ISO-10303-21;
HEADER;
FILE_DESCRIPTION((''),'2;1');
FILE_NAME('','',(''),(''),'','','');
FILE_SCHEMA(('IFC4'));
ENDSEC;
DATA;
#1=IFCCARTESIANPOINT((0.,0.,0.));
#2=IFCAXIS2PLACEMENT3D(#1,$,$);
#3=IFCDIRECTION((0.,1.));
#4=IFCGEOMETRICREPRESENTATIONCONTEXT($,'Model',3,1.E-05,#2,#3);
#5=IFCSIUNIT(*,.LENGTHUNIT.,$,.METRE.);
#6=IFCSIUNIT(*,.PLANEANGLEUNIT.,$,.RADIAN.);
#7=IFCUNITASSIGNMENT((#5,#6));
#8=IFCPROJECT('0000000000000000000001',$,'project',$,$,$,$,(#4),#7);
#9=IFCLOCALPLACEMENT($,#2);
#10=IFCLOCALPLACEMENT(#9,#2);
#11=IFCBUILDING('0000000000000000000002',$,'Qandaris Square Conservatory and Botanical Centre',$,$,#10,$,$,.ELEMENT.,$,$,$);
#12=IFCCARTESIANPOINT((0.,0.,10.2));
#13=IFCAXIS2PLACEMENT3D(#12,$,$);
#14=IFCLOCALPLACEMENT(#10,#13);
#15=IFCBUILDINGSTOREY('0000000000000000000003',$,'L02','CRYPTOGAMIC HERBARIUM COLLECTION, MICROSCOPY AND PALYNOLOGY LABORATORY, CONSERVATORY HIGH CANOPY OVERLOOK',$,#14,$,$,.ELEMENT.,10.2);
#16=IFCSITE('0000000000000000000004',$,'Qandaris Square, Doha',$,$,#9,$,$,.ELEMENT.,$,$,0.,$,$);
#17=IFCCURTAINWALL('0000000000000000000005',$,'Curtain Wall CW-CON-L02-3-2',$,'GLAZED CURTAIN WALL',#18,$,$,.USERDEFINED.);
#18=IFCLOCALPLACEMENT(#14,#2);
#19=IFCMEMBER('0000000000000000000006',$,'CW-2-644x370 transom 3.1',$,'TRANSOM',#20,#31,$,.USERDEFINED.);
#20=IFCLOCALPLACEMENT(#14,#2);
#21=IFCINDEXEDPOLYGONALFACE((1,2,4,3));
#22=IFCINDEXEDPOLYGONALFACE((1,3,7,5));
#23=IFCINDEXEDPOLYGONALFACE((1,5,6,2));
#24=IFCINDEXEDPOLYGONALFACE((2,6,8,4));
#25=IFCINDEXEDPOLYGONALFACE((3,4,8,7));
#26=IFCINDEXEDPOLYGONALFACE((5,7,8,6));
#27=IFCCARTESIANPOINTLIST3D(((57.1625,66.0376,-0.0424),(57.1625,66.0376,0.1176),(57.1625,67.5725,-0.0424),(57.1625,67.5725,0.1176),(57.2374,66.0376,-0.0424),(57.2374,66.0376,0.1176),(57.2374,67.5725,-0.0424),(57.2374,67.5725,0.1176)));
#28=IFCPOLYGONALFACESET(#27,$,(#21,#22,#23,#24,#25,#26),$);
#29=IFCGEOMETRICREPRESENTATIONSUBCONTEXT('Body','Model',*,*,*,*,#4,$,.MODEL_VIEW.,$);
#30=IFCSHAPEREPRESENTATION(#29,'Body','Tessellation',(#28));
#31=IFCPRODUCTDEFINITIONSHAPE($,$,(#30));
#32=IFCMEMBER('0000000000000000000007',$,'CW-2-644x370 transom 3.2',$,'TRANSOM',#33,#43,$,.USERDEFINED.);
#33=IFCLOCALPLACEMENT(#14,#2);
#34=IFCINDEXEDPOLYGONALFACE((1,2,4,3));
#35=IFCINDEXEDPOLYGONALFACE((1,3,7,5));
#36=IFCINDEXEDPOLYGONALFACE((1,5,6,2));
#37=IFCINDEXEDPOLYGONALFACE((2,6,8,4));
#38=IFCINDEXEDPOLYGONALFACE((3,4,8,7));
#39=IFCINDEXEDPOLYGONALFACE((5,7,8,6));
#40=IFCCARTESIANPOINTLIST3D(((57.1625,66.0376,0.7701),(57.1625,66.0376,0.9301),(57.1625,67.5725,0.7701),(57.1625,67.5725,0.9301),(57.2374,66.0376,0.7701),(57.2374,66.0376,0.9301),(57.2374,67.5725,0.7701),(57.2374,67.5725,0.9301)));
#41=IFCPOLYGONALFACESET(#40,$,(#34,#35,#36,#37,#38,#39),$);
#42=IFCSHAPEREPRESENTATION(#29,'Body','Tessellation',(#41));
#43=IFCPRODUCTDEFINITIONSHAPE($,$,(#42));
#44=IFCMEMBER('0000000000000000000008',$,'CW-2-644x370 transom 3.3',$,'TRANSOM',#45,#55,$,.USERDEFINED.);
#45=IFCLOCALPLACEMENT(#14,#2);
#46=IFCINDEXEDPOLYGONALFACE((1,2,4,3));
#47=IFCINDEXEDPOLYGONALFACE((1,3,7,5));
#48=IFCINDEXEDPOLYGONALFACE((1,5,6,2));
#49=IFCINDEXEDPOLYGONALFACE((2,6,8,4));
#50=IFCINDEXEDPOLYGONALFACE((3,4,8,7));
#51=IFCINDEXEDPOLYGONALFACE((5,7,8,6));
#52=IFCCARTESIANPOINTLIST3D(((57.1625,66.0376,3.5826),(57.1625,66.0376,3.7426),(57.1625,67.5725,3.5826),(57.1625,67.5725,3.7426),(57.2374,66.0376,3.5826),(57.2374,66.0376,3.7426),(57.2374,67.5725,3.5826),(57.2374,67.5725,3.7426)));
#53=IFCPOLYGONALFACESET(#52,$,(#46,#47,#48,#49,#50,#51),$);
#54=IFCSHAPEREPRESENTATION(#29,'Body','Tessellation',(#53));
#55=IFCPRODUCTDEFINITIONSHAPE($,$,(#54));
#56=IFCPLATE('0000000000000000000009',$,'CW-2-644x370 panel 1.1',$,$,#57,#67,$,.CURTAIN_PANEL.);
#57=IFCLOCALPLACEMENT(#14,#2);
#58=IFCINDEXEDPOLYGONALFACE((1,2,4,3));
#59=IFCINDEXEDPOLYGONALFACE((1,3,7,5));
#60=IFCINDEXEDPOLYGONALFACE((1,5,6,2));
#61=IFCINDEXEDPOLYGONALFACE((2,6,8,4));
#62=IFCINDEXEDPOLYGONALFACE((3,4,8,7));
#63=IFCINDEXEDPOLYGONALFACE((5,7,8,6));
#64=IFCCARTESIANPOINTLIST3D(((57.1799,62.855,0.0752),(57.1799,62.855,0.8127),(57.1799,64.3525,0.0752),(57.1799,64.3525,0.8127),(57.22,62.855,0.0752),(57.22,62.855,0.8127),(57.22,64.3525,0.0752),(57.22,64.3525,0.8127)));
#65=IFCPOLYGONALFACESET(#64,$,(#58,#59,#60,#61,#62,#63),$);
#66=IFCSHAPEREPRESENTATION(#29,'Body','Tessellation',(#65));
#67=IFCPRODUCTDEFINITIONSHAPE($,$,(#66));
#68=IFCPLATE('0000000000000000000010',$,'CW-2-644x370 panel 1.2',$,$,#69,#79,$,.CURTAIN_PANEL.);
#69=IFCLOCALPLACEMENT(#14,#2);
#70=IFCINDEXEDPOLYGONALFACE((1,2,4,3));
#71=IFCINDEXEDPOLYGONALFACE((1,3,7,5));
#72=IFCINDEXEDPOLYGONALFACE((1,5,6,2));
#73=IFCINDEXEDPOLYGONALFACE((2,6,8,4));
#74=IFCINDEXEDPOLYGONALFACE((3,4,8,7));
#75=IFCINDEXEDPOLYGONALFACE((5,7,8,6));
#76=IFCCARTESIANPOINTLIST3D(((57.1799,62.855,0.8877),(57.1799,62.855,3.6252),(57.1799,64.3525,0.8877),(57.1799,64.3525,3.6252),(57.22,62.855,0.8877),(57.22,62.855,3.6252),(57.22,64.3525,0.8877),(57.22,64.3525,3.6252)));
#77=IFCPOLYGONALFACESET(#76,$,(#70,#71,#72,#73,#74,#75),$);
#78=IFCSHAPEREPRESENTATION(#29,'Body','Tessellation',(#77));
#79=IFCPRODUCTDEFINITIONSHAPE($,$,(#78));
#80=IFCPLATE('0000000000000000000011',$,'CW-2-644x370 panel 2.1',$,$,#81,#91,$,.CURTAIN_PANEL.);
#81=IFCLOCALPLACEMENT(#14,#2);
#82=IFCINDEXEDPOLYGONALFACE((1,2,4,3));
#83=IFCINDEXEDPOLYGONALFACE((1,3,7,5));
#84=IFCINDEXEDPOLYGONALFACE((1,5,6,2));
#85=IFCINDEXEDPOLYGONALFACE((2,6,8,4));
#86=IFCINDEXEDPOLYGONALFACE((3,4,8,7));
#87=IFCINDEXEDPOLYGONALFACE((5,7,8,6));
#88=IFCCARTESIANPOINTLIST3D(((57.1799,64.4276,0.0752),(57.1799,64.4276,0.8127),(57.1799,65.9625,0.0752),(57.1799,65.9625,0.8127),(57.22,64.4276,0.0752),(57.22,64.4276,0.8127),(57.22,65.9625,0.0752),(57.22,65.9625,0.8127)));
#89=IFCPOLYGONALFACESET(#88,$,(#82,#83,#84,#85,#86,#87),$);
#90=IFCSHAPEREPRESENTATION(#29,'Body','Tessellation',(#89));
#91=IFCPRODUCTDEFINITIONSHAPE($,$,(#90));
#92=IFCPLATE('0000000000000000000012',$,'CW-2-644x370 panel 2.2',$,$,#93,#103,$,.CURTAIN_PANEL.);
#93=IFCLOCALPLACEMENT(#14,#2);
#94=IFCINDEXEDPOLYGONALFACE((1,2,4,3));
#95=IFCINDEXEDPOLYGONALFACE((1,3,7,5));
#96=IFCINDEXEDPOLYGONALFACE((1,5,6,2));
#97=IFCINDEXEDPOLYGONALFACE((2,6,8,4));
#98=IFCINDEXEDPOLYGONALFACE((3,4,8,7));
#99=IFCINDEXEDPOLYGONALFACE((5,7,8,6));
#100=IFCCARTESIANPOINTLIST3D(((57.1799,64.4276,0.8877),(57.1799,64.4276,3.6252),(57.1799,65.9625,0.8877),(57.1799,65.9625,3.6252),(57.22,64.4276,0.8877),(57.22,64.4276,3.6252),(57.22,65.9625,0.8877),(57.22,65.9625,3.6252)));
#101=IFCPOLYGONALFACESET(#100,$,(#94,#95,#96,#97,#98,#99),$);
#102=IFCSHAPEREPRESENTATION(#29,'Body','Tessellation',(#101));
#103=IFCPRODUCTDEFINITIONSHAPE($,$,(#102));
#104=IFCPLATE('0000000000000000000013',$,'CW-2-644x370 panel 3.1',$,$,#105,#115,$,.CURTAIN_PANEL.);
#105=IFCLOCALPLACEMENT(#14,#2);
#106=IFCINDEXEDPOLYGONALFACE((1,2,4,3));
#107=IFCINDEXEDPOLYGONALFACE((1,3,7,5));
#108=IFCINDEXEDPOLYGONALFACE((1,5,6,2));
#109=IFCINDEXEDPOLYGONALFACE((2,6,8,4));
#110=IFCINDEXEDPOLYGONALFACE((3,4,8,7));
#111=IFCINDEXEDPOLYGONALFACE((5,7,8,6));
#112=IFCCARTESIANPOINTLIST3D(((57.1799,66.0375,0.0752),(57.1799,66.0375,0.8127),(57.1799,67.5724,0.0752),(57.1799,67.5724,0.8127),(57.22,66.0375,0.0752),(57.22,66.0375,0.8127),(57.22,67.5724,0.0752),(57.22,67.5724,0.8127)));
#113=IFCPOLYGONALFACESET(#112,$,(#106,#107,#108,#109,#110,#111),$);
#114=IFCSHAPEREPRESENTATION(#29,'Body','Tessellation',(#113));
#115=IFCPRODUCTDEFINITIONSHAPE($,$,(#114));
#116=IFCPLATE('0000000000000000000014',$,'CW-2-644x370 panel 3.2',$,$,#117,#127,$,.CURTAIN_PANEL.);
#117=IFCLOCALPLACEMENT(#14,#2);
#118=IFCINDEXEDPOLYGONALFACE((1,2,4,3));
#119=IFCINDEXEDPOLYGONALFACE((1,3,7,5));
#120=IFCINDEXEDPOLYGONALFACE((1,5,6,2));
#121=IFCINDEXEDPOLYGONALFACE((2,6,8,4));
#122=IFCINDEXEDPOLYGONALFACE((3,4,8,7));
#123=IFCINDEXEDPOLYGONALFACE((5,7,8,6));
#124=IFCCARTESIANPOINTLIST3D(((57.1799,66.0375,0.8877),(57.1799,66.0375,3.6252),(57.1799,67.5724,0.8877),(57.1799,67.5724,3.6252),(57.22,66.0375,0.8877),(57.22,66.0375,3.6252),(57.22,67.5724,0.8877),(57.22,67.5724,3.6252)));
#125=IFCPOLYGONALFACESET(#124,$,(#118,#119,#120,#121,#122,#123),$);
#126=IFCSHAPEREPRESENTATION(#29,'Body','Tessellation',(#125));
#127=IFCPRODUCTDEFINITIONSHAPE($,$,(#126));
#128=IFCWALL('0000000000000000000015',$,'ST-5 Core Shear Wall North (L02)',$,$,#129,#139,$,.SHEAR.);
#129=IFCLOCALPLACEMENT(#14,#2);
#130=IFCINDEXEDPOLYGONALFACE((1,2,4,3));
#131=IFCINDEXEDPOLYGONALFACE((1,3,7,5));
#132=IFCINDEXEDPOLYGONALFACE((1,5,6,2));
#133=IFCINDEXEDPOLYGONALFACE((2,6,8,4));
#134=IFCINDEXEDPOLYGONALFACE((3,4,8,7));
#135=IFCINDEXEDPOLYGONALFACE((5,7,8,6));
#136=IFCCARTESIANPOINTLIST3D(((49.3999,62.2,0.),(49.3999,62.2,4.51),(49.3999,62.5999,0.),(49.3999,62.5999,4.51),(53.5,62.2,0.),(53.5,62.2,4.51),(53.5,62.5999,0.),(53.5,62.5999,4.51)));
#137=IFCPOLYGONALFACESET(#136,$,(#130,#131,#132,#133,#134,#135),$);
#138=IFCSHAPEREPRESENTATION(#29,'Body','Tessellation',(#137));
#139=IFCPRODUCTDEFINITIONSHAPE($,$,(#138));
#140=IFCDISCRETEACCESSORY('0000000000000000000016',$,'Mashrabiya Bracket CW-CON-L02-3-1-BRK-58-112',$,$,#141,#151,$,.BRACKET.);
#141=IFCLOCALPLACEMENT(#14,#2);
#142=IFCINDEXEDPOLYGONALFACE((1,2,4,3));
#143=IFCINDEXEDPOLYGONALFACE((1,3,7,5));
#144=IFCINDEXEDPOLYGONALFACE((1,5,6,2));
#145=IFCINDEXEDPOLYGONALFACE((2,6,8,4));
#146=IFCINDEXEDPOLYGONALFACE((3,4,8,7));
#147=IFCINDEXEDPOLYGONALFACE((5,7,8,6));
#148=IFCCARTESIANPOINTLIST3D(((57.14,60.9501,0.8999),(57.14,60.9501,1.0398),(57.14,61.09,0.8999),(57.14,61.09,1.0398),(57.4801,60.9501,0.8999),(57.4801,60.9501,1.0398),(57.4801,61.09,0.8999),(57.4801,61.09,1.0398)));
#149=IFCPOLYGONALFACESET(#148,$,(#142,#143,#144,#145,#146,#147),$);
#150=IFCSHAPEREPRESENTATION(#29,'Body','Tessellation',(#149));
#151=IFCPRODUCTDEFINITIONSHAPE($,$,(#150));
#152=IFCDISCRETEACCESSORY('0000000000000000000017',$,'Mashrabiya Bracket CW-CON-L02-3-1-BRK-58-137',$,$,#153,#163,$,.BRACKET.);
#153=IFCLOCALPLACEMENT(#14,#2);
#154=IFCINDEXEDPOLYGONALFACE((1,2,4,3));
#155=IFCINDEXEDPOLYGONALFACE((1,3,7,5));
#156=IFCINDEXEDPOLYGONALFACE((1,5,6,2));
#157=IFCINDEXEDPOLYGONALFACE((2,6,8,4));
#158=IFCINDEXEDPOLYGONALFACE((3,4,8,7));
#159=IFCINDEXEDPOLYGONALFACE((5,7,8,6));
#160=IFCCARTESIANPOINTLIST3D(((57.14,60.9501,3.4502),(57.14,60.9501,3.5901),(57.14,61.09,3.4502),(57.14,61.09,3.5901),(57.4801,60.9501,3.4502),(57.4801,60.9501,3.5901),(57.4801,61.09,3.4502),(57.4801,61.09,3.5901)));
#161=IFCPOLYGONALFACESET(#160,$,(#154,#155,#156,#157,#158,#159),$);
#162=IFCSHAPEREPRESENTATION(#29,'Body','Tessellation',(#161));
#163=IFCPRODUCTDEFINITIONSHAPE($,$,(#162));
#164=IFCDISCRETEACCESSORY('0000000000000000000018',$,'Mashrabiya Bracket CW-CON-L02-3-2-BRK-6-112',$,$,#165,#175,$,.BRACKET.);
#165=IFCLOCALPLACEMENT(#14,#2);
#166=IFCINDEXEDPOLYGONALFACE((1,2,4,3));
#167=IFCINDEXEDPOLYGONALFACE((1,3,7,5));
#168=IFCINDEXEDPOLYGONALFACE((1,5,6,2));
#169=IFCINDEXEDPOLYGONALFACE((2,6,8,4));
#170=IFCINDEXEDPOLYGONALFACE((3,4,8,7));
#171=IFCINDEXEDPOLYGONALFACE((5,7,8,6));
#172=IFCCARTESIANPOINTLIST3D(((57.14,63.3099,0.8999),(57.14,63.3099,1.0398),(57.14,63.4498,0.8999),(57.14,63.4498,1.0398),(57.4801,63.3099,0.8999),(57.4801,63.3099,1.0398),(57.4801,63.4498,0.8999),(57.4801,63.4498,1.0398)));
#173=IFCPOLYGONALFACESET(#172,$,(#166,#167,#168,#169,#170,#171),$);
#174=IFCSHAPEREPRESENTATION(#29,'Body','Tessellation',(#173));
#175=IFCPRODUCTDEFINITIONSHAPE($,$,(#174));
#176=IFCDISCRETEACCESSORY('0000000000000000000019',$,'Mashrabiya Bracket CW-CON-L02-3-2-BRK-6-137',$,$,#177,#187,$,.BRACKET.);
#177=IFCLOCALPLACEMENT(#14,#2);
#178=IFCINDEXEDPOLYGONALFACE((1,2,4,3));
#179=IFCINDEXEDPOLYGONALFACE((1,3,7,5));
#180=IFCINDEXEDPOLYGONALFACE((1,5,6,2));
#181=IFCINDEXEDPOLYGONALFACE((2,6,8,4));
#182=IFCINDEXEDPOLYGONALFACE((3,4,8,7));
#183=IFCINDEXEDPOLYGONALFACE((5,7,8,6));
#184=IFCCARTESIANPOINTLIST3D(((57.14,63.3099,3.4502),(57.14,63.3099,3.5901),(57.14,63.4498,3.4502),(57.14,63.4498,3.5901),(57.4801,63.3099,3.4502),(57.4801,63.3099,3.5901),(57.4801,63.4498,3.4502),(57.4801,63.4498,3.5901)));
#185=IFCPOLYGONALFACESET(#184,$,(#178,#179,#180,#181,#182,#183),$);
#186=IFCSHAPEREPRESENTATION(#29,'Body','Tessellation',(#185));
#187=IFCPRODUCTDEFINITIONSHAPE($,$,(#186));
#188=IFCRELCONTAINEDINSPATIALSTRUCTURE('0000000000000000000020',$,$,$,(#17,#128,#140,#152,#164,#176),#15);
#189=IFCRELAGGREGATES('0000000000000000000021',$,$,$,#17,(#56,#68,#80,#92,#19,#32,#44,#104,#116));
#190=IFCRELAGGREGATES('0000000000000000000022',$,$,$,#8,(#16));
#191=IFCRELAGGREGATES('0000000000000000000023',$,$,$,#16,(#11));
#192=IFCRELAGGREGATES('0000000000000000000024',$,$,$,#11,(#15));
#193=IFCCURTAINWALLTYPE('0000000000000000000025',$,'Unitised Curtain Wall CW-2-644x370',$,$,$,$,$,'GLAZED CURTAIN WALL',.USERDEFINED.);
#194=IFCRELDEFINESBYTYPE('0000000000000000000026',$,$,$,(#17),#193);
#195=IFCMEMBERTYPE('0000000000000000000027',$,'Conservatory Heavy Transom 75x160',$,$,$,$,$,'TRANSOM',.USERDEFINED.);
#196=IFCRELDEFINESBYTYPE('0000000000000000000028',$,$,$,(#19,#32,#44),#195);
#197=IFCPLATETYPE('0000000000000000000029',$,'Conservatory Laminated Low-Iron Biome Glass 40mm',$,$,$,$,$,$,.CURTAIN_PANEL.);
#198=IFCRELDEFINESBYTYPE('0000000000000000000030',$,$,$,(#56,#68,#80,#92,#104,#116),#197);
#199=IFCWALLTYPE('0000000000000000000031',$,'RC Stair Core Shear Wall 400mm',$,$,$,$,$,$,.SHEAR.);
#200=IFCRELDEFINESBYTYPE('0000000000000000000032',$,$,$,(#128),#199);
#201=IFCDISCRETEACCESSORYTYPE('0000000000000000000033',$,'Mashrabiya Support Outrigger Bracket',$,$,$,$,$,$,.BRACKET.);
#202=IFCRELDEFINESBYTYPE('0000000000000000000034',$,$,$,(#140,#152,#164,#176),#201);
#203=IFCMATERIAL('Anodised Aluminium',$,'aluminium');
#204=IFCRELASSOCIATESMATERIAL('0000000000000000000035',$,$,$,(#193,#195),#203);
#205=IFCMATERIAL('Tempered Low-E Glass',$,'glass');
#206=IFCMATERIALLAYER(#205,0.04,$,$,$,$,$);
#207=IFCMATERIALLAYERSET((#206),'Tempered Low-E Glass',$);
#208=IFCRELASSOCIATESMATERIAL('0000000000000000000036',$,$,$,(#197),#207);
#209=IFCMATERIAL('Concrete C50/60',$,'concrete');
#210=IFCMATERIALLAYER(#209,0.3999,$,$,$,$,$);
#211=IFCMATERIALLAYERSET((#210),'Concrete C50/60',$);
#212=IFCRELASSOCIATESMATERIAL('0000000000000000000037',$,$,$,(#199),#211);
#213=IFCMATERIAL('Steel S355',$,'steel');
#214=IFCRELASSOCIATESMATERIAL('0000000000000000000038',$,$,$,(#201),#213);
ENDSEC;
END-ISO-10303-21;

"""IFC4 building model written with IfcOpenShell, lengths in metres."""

from ifc_helpers import new_model, si_unit, direction, frame, frame_2d, origin, origin_2d, place, context, subcontext, project, spatial, rectangle, extrude, material, layer, layer_set, material_profile, profile_set, type_object, element, aggregate, save


model = new_model("IFC4")

# Units and contexts
model_context = context("Model", 3, precision=1e-05, world=origin(), true_north=direction((0.0, 1.0)))
body_context = subcontext(model_context, "Body", "Model", "MODEL_VIEW")
ifc_project = project(units=[si_unit("LENGTHUNIT", "METRE"), si_unit("PLANEANGLEUNIT", "RADIAN")], contexts=[model_context])

# Site, building, storey
site_placement = place(None, origin())
site = spatial("IfcSite", under=ifc_project, at=site_placement, Name="Qandaris Square, Doha", CompositionType="ELEMENT", RefElevation=0.0)
building_placement = place(site_placement, origin())
building = spatial("IfcBuilding", under=site, at=building_placement, Name="Qandaris Square Conservatory and Botanical Centre", CompositionType="ELEMENT")
storey_placement = place(building_placement, frame((0.0, 0.0, 10.2)))
storey = spatial("IfcBuildingStorey", under=building, at=storey_placement, Name="L02", Description="CRYPTOGAMIC HERBARIUM COLLECTION, MICROSCOPY AND PALYNOLOGY LABORATORY, CONSERVATORY HIGH CANOPY OVERLOOK", CompositionType="ELEMENT", Elevation=10.2)

# Shared definitions
ifc_material_1 = material(Name="Concrete C50/60", Category="concrete")

# Shared definitions
ifc_material_2 = material(Name="Anodised Aluminium", Category="aluminium")
curtain_wall_type = type_object("IfcCurtainWallType", Name="Unitised Curtain Wall CW-2-644x370", ElementType="GLAZED CURTAIN WALL", PredefinedType="USERDEFINED", material=ifc_material_2)

# Curtain wall, members, plates
curtain_wall_1_placement = place(storey_placement, origin())
curtain_wall_1 = element("IfcCurtainWall", 1, at=curtain_wall_1_placement, inside=storey, type_object=curtain_wall_type, Name="Curtain Wall CW-CON-L02-3-2", ObjectType="GLAZED CURTAIN WALL", PredefinedType="USERDEFINED")
ifc_material_profile_1 = material_profile(ifc_material_2, rectangle(XDim=0.075, YDim=0.1599, at=origin_2d()), Name="ALU-TRN 75x160")
ifc_profile_set_1 = profile_set([ifc_material_profile_1], Name="Anodised Aluminium")
member_type_1 = type_object("IfcMemberType", Name="Conservatory Heavy Transom 75x160", ElementType="TRANSOM", PredefinedType="USERDEFINED", material=ifc_profile_set_1)
member_1_placement = place(storey_placement, frame((57.2, 66.0376, 0.0376), z_axis=(0.0, 1.0, 0.0), x_axis=(-1.0, 0.0, 0.0)))
member_1 = element("IfcMember", 2, at=member_1_placement, type_object=member_type_1, Name="CW-2-644x370 transom 3.1", ObjectType="TRANSOM", PredefinedType="USERDEFINED", context=body_context, shape_type="SweptSolid", body=[
    extrude(rectangle(XDim=0.075, YDim=0.1599, at=origin_2d()), origin(), (0.0, 0.0, 1.0), 1.5349),
])
member_2_placement = place(storey_placement, frame((57.2, 66.0376, 0.8501), z_axis=(0.0, 1.0, 0.0), x_axis=(-1.0, 0.0, 0.0)))
member_2 = element("IfcMember", 3, at=member_2_placement, type_object=member_type_1, Name="CW-2-644x370 transom 3.2", ObjectType="TRANSOM", PredefinedType="USERDEFINED", context=body_context, shape_type="SweptSolid", body=[
    extrude(rectangle(XDim=0.075, YDim=0.1599, at=origin_2d()), origin(), (0.0, 0.0, 1.0), 1.5349),
])
member_3_placement = place(storey_placement, frame((57.2, 66.0376, 3.6626), z_axis=(0.0, 1.0, 0.0), x_axis=(-1.0, 0.0, 0.0)))
member_3 = element("IfcMember", 4, at=member_3_placement, type_object=member_type_1, Name="CW-2-644x370 transom 3.3", ObjectType="TRANSOM", PredefinedType="USERDEFINED", context=body_context, shape_type="SweptSolid", body=[
    extrude(rectangle(XDim=0.075, YDim=0.1599, at=origin_2d()), origin(), (0.0, 0.0, 1.0), 1.5349),
])
ifc_material_3 = material(Name="Tempered Low-E Glass", Category="glass")
ifc_layer_1 = layer(ifc_material_3, 0.04)
ifc_layer_set_1 = layer_set([ifc_layer_1], Name="Tempered Low-E Glass")
plate_type = type_object("IfcPlateType", Name="Conservatory Laminated Low-Iron Biome Glass 40mm", PredefinedType="CURTAIN_PANEL", material=ifc_layer_set_1)
plate_1_placement = place(storey_placement, frame((57.2, 63.6038, 0.0752), z_axis=(0.0, 0.0, 1.0), x_axis=(0.0, 1.0, 0.0)))
plate_1 = element("IfcPlate", 5, at=plate_1_placement, type_object=plate_type, Name="CW-2-644x370 panel 1.1", PredefinedType="CURTAIN_PANEL", context=body_context, shape_type="SweptSolid", body=[
    extrude(rectangle(XDim=1.4976, YDim=0.04, at=origin_2d()), origin(), (0.0, 0.0, 1.0), 0.7375),
])
plate_2_placement = place(storey_placement, frame((57.2, 63.6038, 0.8877), z_axis=(0.0, 0.0, 1.0), x_axis=(0.0, 1.0, 0.0)))
plate_2 = element("IfcPlate", 6, at=plate_2_placement, type_object=plate_type, Name="CW-2-644x370 panel 1.2", PredefinedType="CURTAIN_PANEL", context=body_context, shape_type="SweptSolid", body=[
    extrude(rectangle(XDim=1.4976, YDim=0.04, at=origin_2d()), origin(), (0.0, 0.0, 1.0), 2.7375),
])
plate_3_placement = place(storey_placement, frame((57.2, 65.1951, 0.0752), z_axis=(0.0, 0.0, 1.0), x_axis=(0.0, 1.0, 0.0)))
plate_3 = element("IfcPlate", 7, at=plate_3_placement, type_object=plate_type, Name="CW-2-644x370 panel 2.1", PredefinedType="CURTAIN_PANEL", context=body_context, shape_type="SweptSolid", body=[
    extrude(rectangle(XDim=1.5349, YDim=0.04, at=origin_2d()), origin(), (0.0, 0.0, 1.0), 0.7375),
])
plate_4_placement = place(storey_placement, frame((57.2, 65.1951, 0.8877), z_axis=(0.0, 0.0, 1.0), x_axis=(0.0, 1.0, 0.0)))
plate_4 = element("IfcPlate", 8, at=plate_4_placement, type_object=plate_type, Name="CW-2-644x370 panel 2.2", PredefinedType="CURTAIN_PANEL", context=body_context, shape_type="SweptSolid", body=[
    extrude(rectangle(XDim=1.5349, YDim=0.04, at=origin_2d()), origin(), (0.0, 0.0, 1.0), 2.7375),
])
plate_5_placement = place(storey_placement, frame((57.2, 66.8049, 0.0752), z_axis=(0.0, 0.0, 1.0), x_axis=(0.0, 1.0, 0.0)))
plate_5 = element("IfcPlate", 9, at=plate_5_placement, type_object=plate_type, Name="CW-2-644x370 panel 3.1", PredefinedType="CURTAIN_PANEL", context=body_context, shape_type="SweptSolid", body=[
    extrude(rectangle(XDim=1.5349, YDim=0.04, at=origin_2d()), origin(), (0.0, 0.0, 1.0), 0.7375),
])
plate_6_placement = place(storey_placement, frame((57.2, 66.8049, 0.8877), z_axis=(0.0, 0.0, 1.0), x_axis=(0.0, 1.0, 0.0)))
plate_6 = element("IfcPlate", 10, at=plate_6_placement, type_object=plate_type, Name="CW-2-644x370 panel 3.2", PredefinedType="CURTAIN_PANEL", context=body_context, shape_type="SweptSolid", body=[
    extrude(rectangle(XDim=1.5349, YDim=0.04, at=origin_2d()), origin(), (0.0, 0.0, 1.0), 2.7375),
])
aggregate(curtain_wall_1, [plate_1, plate_2, plate_3, plate_4, member_1, member_2, member_3, plate_5, plate_6])

# Wall
ifc_layer_2 = layer(ifc_material_1, 0.3999)
ifc_layer_set_2 = layer_set([ifc_layer_2], Name="Concrete C50/60")
wall_type = type_object("IfcWallType", Name="RC Stair Core Shear Wall 400mm", PredefinedType="SHEAR", material=ifc_layer_set_2)
wall_placement = place(storey_placement, frame((49.3999, 62.3999, 0.0), z_axis=(0.0, 0.0, 1.0), x_axis=(1.0, 0.0, 0.0)))
element("IfcWall", 11, at=wall_placement, inside=storey, type_object=wall_type, Name="ST-5 Core Shear Wall North (L02)", PredefinedType="SHEAR", context=body_context, shape_type="SweptSolid", body=[
    extrude(rectangle(XDim=4.1001, YDim=0.3999, at=frame_2d((2.05, 0.0))), origin(), (0.0, 0.0, 1.0), 4.51),
])

# Discrete accessories
ifc_material_4 = material(Name="Steel S355", Category="steel")
discrete_accessory_type = type_object("IfcDiscreteAccessoryType", Name="Mashrabiya Support Outrigger Bracket", PredefinedType="BRACKET", material=ifc_material_4)
for number, where, z_axis, x_axis, name in (
    (12, (57.3101, 61.02, 0.8999), (0.0, 0.0, 1.0), (0.0, 1.0, 0.0), "Mashrabiya Bracket CW-CON-L02-3-1-BRK-58-112"),
    (13, (57.3101, 61.02, 3.4502), (0.0, 0.0, 1.0), (0.0, 1.0, 0.0), "Mashrabiya Bracket CW-CON-L02-3-1-BRK-58-137"),
    (14, (57.3101, 63.3799, 0.8999), (0.0, 0.0, 1.0), (0.0, 1.0, 0.0), "Mashrabiya Bracket CW-CON-L02-3-2-BRK-6-112"),
    (15, (57.3101, 63.3799, 3.4502), (0.0, 0.0, 1.0), (0.0, 1.0, 0.0), "Mashrabiya Bracket CW-CON-L02-3-2-BRK-6-137"),
):
    element("IfcDiscreteAccessory", number, at=place(storey_placement, frame(where, z_axis=z_axis, x_axis=x_axis)), inside=storey, type_object=discrete_accessory_type, Name=name, PredefinedType="BRACKET", context=body_context, shape_type="SweptSolid", body=[
        extrude(rectangle(XDim=0.1399, YDim=0.3401, at=origin_2d()), origin(), (0.0, 0.0, 1.0), 0.1399),
    ])

save(model, "model.ifc")
